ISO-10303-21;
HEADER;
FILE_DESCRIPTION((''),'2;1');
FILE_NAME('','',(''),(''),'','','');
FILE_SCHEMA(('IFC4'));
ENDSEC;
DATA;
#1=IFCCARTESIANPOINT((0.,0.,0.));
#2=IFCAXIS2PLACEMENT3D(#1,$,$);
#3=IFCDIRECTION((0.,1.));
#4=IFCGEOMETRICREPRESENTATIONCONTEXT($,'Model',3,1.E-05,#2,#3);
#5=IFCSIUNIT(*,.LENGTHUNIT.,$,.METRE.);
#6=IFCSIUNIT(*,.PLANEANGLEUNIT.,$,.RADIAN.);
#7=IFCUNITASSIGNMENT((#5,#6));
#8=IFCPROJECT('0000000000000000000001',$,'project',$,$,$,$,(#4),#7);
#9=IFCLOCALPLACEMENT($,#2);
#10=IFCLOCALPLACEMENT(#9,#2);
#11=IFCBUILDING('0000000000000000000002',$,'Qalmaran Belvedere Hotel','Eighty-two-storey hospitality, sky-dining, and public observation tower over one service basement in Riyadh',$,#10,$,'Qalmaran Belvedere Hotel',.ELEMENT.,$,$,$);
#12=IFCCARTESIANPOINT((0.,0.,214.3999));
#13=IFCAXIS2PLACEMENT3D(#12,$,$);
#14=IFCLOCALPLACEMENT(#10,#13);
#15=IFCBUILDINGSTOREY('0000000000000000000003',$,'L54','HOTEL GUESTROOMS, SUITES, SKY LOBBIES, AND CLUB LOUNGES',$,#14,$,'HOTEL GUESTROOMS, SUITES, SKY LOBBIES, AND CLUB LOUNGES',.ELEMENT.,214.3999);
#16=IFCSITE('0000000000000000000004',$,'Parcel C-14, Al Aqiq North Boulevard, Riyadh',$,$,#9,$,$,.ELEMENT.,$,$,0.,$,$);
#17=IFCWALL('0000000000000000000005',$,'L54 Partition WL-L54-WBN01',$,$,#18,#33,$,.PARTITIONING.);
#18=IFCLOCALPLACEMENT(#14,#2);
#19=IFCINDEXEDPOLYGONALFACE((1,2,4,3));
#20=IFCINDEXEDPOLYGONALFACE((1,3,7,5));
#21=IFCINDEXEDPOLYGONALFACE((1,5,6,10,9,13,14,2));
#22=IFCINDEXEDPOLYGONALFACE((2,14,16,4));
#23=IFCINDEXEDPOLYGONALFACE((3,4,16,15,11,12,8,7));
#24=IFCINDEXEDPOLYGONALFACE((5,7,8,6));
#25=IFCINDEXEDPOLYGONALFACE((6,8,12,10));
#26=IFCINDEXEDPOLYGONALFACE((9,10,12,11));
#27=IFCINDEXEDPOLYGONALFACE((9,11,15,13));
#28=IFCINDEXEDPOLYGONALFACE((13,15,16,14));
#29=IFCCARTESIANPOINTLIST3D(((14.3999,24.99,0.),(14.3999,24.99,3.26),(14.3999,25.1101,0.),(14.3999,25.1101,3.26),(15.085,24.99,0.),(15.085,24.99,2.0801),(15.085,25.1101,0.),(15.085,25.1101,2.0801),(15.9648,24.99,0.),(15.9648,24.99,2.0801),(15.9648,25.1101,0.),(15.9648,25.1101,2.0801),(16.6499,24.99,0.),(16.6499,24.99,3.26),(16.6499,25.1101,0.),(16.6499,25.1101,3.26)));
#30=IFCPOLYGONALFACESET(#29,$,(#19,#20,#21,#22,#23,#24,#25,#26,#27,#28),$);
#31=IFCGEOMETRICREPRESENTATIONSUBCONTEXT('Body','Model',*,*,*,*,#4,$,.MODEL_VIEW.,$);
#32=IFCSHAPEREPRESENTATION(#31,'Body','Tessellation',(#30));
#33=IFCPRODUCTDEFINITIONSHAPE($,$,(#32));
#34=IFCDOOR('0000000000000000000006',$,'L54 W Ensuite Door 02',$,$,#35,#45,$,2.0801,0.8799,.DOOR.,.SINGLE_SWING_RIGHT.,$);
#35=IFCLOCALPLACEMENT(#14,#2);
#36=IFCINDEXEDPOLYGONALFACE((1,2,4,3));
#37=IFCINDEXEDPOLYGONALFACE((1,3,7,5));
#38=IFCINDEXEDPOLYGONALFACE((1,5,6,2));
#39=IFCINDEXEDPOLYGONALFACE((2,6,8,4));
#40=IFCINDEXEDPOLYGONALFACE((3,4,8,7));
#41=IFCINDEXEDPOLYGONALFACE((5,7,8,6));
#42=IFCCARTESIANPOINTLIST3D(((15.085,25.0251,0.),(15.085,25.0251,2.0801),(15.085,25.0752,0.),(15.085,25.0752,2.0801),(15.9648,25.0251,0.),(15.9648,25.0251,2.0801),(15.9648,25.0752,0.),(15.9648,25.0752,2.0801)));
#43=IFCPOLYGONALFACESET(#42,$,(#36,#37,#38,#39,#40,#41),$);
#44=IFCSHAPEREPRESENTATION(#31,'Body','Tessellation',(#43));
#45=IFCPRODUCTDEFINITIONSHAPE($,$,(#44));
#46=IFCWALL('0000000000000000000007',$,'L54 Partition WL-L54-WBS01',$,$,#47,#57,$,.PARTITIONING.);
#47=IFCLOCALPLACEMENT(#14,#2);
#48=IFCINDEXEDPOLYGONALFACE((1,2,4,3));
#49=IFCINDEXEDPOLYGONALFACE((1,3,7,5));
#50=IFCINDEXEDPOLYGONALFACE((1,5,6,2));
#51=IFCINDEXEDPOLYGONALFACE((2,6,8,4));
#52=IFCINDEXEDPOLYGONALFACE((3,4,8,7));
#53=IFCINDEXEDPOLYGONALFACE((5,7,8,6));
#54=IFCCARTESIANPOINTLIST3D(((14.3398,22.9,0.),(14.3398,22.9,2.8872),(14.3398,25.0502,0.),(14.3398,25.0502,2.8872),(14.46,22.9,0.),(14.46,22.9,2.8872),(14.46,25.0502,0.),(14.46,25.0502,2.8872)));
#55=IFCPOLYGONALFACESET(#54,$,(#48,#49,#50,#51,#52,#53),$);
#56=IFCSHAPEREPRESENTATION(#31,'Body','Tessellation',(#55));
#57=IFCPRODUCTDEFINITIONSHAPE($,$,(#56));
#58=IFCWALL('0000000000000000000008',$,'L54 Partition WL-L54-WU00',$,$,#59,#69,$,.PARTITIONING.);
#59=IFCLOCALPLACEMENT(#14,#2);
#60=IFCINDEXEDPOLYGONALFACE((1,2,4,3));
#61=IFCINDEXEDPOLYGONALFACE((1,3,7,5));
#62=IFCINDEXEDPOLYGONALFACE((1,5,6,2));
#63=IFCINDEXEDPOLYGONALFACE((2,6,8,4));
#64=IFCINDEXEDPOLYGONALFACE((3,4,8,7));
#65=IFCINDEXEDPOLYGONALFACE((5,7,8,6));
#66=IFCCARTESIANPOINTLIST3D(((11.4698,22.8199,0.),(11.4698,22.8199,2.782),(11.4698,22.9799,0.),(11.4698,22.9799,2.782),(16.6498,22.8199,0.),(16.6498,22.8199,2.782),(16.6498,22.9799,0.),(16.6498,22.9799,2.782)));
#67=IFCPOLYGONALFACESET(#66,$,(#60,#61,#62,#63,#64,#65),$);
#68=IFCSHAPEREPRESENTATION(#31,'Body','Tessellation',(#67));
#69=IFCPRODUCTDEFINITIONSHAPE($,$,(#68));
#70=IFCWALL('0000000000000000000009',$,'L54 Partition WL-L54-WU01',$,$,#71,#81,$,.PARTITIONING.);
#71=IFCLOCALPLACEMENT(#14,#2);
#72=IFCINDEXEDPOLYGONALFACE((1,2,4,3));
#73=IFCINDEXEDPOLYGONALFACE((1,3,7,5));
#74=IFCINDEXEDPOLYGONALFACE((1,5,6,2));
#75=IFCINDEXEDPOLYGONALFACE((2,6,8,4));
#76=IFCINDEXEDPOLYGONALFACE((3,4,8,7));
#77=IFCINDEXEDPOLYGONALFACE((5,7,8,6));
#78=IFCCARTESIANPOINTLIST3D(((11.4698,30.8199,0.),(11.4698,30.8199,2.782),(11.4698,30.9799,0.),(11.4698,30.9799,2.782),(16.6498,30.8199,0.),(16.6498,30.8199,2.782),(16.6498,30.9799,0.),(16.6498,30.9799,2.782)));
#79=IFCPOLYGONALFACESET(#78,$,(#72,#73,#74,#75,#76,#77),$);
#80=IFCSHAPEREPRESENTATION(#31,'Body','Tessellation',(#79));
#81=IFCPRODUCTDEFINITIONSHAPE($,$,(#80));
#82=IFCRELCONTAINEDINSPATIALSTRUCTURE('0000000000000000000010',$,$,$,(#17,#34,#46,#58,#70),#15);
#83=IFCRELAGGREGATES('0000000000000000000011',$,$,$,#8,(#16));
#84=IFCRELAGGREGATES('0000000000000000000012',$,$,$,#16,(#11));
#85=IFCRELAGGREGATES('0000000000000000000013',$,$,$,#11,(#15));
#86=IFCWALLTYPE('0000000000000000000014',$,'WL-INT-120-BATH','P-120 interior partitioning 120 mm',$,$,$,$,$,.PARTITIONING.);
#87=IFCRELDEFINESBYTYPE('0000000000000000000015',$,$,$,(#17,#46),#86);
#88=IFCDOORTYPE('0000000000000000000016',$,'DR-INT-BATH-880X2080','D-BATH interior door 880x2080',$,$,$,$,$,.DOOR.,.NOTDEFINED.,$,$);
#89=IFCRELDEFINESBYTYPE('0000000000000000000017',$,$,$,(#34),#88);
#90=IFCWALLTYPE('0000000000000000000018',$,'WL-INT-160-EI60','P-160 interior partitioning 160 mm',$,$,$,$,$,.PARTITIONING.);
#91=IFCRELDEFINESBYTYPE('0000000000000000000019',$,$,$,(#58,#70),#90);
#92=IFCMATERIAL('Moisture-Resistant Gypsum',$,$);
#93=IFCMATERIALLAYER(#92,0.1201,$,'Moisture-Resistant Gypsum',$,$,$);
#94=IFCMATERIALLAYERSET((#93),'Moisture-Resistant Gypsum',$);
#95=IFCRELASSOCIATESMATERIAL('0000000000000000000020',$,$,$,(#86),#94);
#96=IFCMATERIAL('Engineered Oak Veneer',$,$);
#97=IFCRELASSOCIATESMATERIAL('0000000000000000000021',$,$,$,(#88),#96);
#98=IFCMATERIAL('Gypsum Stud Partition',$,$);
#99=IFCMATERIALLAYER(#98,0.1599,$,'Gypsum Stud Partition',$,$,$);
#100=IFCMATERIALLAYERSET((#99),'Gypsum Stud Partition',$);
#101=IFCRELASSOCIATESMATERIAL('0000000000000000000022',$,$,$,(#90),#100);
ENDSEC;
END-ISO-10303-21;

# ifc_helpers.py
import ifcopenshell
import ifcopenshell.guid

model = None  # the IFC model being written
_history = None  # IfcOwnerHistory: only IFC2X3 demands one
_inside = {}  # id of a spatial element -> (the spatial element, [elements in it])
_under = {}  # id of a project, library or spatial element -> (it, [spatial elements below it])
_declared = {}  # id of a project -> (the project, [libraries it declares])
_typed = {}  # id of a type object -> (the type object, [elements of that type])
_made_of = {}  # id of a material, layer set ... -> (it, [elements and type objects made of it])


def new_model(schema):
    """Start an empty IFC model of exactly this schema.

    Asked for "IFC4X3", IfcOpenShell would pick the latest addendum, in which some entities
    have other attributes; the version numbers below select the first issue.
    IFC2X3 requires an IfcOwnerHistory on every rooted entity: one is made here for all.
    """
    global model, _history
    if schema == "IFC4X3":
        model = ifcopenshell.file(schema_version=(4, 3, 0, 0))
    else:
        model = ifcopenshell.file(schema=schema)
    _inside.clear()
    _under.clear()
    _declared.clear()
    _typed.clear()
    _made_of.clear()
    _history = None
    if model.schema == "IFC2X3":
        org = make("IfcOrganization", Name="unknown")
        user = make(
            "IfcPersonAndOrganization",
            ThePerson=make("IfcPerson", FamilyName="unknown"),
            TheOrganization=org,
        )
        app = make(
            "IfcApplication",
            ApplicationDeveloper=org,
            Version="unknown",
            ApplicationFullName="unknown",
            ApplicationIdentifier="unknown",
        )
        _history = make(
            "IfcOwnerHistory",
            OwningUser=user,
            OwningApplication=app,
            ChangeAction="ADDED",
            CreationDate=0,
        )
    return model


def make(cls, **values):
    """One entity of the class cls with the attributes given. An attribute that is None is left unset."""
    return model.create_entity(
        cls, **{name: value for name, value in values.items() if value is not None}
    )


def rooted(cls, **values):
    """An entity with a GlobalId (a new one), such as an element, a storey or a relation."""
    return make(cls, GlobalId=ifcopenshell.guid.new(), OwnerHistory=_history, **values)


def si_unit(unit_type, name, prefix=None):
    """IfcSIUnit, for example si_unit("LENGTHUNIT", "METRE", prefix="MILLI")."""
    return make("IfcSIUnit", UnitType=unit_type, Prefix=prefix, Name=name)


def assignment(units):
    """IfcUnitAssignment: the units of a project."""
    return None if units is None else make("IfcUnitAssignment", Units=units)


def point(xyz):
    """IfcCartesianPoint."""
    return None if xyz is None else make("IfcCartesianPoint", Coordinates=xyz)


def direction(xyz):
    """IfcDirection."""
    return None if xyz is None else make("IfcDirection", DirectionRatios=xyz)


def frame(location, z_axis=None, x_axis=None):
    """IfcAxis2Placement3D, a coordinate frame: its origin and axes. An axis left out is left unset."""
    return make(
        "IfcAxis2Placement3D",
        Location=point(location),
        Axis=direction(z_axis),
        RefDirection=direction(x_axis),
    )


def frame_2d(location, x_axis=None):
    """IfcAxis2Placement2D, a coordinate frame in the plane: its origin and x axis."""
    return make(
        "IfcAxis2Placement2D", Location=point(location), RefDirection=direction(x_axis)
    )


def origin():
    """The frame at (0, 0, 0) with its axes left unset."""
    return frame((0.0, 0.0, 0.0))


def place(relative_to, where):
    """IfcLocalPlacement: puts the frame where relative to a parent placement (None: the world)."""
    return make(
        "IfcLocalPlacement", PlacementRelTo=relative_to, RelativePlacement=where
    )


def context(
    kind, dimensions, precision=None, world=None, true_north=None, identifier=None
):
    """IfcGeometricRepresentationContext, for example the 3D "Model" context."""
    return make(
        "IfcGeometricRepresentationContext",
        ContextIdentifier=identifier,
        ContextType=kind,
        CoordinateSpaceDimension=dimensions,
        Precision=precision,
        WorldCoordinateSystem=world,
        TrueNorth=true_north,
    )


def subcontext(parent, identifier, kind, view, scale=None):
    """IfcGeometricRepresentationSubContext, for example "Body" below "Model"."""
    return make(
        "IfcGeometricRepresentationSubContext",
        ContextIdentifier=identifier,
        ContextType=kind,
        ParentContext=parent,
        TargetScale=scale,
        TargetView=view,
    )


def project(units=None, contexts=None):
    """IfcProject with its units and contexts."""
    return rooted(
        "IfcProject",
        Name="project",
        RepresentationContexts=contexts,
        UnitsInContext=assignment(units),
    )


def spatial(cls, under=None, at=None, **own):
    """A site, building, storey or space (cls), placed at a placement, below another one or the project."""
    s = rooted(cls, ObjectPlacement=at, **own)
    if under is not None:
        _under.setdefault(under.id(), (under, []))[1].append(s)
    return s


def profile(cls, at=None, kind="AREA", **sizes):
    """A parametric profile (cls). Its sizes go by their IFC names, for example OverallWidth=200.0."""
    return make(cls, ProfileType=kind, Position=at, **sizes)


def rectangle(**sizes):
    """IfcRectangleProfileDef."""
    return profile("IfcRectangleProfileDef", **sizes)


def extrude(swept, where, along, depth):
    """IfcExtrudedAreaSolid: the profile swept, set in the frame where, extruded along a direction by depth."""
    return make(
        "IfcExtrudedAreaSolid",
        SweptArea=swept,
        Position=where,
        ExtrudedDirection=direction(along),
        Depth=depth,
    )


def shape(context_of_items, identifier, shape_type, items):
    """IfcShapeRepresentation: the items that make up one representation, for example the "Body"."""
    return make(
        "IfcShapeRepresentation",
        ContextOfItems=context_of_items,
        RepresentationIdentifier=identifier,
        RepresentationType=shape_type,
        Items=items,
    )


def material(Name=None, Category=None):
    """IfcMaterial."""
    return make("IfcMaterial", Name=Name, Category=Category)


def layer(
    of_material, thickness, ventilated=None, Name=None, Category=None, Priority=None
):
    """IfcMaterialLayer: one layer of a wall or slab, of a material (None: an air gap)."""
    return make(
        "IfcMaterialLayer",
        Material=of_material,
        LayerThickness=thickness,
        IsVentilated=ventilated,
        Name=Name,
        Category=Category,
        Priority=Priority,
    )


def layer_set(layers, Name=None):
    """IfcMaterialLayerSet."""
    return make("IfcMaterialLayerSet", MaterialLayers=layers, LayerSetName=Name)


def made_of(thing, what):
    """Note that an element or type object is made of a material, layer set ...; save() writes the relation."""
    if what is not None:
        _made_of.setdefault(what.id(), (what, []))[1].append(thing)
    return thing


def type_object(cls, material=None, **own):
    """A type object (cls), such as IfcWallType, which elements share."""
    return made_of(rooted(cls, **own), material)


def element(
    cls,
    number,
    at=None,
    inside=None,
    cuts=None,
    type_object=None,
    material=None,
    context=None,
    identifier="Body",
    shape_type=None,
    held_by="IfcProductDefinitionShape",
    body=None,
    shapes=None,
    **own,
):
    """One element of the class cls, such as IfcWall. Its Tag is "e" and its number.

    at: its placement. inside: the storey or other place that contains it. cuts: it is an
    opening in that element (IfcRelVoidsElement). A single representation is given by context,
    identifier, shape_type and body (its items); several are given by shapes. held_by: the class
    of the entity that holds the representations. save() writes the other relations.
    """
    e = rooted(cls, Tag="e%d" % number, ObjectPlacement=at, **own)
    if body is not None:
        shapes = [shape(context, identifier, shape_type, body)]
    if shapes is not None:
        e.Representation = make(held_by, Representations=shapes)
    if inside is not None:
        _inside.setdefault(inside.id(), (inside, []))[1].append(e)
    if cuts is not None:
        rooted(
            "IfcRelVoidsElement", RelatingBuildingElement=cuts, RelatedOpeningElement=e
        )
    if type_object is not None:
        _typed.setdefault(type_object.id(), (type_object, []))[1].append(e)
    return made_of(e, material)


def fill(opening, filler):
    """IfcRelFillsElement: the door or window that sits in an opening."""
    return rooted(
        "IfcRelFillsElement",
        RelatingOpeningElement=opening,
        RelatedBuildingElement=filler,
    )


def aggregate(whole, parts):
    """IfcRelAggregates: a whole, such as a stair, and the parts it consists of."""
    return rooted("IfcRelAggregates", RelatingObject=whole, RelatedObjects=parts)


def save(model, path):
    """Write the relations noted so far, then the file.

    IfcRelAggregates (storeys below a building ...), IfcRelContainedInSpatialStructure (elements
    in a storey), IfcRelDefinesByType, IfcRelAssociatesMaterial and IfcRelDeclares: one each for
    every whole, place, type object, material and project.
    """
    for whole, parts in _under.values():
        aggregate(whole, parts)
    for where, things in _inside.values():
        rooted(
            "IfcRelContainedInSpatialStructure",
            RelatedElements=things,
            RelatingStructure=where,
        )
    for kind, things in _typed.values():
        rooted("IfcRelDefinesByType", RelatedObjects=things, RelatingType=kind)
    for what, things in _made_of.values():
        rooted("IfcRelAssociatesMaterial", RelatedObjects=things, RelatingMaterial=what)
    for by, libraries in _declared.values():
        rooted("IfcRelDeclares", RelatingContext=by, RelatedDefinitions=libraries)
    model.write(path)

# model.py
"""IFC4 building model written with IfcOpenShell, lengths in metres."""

from ifc_helpers import new_model, si_unit, direction, frame, frame_2d, origin, place, context, subcontext, project, spatial, rectangle, extrude, material, layer, layer_set, type_object, element, fill, save


model = new_model("IFC4")

# Units and contexts
model_context = context("Model", 3, precision=1e-05, world=origin(), true_north=direction((0.0, 1.0)))
body_context = subcontext(model_context, "Body", "Model", "MODEL_VIEW")
ifc_project = project(units=[si_unit("LENGTHUNIT", "METRE"), si_unit("PLANEANGLEUNIT", "RADIAN")], contexts=[model_context])

# Site, building, storey
site_placement = place(None, origin())
site = spatial("IfcSite", under=ifc_project, at=site_placement, Name="Parcel C-14, Al Aqiq North Boulevard, Riyadh", CompositionType="ELEMENT", RefElevation=0.0)
building_placement = place(site_placement, origin())
building = spatial("IfcBuilding", under=site, at=building_placement, Name="Qalmaran Belvedere Hotel", Description="Eighty-two-storey hospitality, sky-dining, and public observation tower over one service basement in Riyadh", LongName="Qalmaran Belvedere Hotel", CompositionType="ELEMENT")
storey_placement = place(building_placement, frame((0.0, 0.0, 214.3999)))
storey = spatial("IfcBuildingStorey", under=building, at=storey_placement, Name="L54", Description="HOTEL GUESTROOMS, SUITES, SKY LOBBIES, AND CLUB LOUNGES", LongName="HOTEL GUESTROOMS, SUITES, SKY LOBBIES, AND CLUB LOUNGES", CompositionType="ELEMENT", Elevation=214.3999)

# Wall, opening, door
ifc_material_1 = material(Name="Moisture-Resistant Gypsum")
ifc_layer_1 = layer(ifc_material_1, 0.1201, Name="Moisture-Resistant Gypsum")
ifc_layer_set_1 = layer_set([ifc_layer_1], Name="Moisture-Resistant Gypsum")
wall_type_1 = type_object("IfcWallType", Name="WL-INT-120-BATH", Description="P-120 interior partitioning 120 mm", PredefinedType="PARTITIONING", material=ifc_layer_set_1)
wall_1_placement = place(storey_placement, frame((14.3999, 25.05, 0.0), z_axis=(0.0, 0.0, 1.0), x_axis=(1.0, 0.0, 0.0)))
wall_1 = element("IfcWall", 1, at=wall_1_placement, inside=storey, type_object=wall_type_1, Name="L54 Partition WL-L54-WBN01", PredefinedType="PARTITIONING", context=body_context, shape_type="SweptSolid", body=[
    extrude(rectangle(XDim=2.25, YDim=0.1201, at=frame_2d((1.125, 0.0))), origin(), (0.0, 0.0, 1.0), 3.26),
])
opening_1_placement = place(wall_1_placement, frame((1.5649, 0.0, 0.0), z_axis=(0.0, 0.0, 1.0), x_axis=(-1.0, 0.0, 0.0)))
opening_1 = element("IfcOpeningElement", 2, at=opening_1_placement, cuts=wall_1, PredefinedType="OPENING", context=body_context, shape_type="SweptSolid", body=[
    extrude(rectangle(XDim=0.8799, YDim=2.0801, at=frame_2d((0.4399, 1.04))), frame((0.0, 0.0701, 0.0), z_axis=(0.0, -1.0, 0.0), x_axis=(1.0, 0.0, 0.0)), (0.0, 0.0, 1.0), 0.1401),
])
ifc_material_2 = material(Name="Engineered Oak Veneer")
door_type_1 = type_object("IfcDoorType", Name="DR-INT-BATH-880X2080", Description="D-BATH interior door 880x2080", OperationType="NOTDEFINED", PredefinedType="DOOR", material=ifc_material_2)
door_1_placement = place(opening_1_placement, origin())
door_1 = element("IfcDoor", 3, at=door_1_placement, inside=storey, type_object=door_type_1, Name="L54 W Ensuite Door 02", OperationType="SINGLE_SWING_RIGHT", OverallHeight=2.0801, OverallWidth=0.8799, PredefinedType="DOOR", context=body_context, shape_type="SweptSolid", body=[
    extrude(rectangle(XDim=0.8799, YDim=2.0801, at=frame_2d((0.4399, 1.04))), frame((0.0, 0.0249, 0.0), z_axis=(0.0, -1.0, 0.0), x_axis=(1.0, 0.0, 0.0)), (0.0, 0.0, 1.0), 0.05),
])
fill(opening_1, door_1)

# Wall
wall_2_placement = place(storey_placement, frame((14.3999, 22.8999, 0.0), z_axis=(0.0, 0.0, 1.0), x_axis=(0.0, 1.0, 0.0)))
element("IfcWall", 4, at=wall_2_placement, inside=storey, type_object=wall_type_1, Name="L54 Partition WL-L54-WBS01", PredefinedType="PARTITIONING", context=body_context, shape_type="SweptSolid", body=[
    extrude(rectangle(XDim=2.1501, YDim=0.1201, at=frame_2d((1.0752, 0.0))), origin(), (0.0, 0.0, 1.0), 2.8872),
])

# Shared definitions
ifc_material_3 = material(Name="Gypsum Stud Partition")

# Walls
ifc_layer_2 = layer(ifc_material_3, 0.1599, Name="Gypsum Stud Partition")
ifc_layer_set_2 = layer_set([ifc_layer_2], Name="Gypsum Stud Partition")
wall_type_2 = type_object("IfcWallType", Name="WL-INT-160-EI60", Description="P-160 interior partitioning 160 mm", PredefinedType="PARTITIONING", material=ifc_layer_set_2)
for number, where, z_axis, x_axis, name in (
    (5, (11.47, 22.8999, 0.0), (0.0, 0.0, 1.0), (1.0, 0.0, 0.0), "L54 Partition WL-L54-WU00"),
    (6, (11.47, 30.8999, 0.0), (0.0, 0.0, 1.0), (1.0, 0.0, 0.0), "L54 Partition WL-L54-WU01"),
):
    element("IfcWall", number, at=place(storey_placement, frame(where, z_axis=z_axis, x_axis=x_axis)), inside=storey, type_object=wall_type_2, Name=name, PredefinedType="PARTITIONING", context=body_context, shape_type="SweptSolid", body=[
        extrude(rectangle(XDim=5.1799, YDim=0.1599, at=frame_2d((2.5898, 0.0))), origin(), (0.0, 0.0, 1.0), 2.782),
    ])

save(model, "model.ifc")
